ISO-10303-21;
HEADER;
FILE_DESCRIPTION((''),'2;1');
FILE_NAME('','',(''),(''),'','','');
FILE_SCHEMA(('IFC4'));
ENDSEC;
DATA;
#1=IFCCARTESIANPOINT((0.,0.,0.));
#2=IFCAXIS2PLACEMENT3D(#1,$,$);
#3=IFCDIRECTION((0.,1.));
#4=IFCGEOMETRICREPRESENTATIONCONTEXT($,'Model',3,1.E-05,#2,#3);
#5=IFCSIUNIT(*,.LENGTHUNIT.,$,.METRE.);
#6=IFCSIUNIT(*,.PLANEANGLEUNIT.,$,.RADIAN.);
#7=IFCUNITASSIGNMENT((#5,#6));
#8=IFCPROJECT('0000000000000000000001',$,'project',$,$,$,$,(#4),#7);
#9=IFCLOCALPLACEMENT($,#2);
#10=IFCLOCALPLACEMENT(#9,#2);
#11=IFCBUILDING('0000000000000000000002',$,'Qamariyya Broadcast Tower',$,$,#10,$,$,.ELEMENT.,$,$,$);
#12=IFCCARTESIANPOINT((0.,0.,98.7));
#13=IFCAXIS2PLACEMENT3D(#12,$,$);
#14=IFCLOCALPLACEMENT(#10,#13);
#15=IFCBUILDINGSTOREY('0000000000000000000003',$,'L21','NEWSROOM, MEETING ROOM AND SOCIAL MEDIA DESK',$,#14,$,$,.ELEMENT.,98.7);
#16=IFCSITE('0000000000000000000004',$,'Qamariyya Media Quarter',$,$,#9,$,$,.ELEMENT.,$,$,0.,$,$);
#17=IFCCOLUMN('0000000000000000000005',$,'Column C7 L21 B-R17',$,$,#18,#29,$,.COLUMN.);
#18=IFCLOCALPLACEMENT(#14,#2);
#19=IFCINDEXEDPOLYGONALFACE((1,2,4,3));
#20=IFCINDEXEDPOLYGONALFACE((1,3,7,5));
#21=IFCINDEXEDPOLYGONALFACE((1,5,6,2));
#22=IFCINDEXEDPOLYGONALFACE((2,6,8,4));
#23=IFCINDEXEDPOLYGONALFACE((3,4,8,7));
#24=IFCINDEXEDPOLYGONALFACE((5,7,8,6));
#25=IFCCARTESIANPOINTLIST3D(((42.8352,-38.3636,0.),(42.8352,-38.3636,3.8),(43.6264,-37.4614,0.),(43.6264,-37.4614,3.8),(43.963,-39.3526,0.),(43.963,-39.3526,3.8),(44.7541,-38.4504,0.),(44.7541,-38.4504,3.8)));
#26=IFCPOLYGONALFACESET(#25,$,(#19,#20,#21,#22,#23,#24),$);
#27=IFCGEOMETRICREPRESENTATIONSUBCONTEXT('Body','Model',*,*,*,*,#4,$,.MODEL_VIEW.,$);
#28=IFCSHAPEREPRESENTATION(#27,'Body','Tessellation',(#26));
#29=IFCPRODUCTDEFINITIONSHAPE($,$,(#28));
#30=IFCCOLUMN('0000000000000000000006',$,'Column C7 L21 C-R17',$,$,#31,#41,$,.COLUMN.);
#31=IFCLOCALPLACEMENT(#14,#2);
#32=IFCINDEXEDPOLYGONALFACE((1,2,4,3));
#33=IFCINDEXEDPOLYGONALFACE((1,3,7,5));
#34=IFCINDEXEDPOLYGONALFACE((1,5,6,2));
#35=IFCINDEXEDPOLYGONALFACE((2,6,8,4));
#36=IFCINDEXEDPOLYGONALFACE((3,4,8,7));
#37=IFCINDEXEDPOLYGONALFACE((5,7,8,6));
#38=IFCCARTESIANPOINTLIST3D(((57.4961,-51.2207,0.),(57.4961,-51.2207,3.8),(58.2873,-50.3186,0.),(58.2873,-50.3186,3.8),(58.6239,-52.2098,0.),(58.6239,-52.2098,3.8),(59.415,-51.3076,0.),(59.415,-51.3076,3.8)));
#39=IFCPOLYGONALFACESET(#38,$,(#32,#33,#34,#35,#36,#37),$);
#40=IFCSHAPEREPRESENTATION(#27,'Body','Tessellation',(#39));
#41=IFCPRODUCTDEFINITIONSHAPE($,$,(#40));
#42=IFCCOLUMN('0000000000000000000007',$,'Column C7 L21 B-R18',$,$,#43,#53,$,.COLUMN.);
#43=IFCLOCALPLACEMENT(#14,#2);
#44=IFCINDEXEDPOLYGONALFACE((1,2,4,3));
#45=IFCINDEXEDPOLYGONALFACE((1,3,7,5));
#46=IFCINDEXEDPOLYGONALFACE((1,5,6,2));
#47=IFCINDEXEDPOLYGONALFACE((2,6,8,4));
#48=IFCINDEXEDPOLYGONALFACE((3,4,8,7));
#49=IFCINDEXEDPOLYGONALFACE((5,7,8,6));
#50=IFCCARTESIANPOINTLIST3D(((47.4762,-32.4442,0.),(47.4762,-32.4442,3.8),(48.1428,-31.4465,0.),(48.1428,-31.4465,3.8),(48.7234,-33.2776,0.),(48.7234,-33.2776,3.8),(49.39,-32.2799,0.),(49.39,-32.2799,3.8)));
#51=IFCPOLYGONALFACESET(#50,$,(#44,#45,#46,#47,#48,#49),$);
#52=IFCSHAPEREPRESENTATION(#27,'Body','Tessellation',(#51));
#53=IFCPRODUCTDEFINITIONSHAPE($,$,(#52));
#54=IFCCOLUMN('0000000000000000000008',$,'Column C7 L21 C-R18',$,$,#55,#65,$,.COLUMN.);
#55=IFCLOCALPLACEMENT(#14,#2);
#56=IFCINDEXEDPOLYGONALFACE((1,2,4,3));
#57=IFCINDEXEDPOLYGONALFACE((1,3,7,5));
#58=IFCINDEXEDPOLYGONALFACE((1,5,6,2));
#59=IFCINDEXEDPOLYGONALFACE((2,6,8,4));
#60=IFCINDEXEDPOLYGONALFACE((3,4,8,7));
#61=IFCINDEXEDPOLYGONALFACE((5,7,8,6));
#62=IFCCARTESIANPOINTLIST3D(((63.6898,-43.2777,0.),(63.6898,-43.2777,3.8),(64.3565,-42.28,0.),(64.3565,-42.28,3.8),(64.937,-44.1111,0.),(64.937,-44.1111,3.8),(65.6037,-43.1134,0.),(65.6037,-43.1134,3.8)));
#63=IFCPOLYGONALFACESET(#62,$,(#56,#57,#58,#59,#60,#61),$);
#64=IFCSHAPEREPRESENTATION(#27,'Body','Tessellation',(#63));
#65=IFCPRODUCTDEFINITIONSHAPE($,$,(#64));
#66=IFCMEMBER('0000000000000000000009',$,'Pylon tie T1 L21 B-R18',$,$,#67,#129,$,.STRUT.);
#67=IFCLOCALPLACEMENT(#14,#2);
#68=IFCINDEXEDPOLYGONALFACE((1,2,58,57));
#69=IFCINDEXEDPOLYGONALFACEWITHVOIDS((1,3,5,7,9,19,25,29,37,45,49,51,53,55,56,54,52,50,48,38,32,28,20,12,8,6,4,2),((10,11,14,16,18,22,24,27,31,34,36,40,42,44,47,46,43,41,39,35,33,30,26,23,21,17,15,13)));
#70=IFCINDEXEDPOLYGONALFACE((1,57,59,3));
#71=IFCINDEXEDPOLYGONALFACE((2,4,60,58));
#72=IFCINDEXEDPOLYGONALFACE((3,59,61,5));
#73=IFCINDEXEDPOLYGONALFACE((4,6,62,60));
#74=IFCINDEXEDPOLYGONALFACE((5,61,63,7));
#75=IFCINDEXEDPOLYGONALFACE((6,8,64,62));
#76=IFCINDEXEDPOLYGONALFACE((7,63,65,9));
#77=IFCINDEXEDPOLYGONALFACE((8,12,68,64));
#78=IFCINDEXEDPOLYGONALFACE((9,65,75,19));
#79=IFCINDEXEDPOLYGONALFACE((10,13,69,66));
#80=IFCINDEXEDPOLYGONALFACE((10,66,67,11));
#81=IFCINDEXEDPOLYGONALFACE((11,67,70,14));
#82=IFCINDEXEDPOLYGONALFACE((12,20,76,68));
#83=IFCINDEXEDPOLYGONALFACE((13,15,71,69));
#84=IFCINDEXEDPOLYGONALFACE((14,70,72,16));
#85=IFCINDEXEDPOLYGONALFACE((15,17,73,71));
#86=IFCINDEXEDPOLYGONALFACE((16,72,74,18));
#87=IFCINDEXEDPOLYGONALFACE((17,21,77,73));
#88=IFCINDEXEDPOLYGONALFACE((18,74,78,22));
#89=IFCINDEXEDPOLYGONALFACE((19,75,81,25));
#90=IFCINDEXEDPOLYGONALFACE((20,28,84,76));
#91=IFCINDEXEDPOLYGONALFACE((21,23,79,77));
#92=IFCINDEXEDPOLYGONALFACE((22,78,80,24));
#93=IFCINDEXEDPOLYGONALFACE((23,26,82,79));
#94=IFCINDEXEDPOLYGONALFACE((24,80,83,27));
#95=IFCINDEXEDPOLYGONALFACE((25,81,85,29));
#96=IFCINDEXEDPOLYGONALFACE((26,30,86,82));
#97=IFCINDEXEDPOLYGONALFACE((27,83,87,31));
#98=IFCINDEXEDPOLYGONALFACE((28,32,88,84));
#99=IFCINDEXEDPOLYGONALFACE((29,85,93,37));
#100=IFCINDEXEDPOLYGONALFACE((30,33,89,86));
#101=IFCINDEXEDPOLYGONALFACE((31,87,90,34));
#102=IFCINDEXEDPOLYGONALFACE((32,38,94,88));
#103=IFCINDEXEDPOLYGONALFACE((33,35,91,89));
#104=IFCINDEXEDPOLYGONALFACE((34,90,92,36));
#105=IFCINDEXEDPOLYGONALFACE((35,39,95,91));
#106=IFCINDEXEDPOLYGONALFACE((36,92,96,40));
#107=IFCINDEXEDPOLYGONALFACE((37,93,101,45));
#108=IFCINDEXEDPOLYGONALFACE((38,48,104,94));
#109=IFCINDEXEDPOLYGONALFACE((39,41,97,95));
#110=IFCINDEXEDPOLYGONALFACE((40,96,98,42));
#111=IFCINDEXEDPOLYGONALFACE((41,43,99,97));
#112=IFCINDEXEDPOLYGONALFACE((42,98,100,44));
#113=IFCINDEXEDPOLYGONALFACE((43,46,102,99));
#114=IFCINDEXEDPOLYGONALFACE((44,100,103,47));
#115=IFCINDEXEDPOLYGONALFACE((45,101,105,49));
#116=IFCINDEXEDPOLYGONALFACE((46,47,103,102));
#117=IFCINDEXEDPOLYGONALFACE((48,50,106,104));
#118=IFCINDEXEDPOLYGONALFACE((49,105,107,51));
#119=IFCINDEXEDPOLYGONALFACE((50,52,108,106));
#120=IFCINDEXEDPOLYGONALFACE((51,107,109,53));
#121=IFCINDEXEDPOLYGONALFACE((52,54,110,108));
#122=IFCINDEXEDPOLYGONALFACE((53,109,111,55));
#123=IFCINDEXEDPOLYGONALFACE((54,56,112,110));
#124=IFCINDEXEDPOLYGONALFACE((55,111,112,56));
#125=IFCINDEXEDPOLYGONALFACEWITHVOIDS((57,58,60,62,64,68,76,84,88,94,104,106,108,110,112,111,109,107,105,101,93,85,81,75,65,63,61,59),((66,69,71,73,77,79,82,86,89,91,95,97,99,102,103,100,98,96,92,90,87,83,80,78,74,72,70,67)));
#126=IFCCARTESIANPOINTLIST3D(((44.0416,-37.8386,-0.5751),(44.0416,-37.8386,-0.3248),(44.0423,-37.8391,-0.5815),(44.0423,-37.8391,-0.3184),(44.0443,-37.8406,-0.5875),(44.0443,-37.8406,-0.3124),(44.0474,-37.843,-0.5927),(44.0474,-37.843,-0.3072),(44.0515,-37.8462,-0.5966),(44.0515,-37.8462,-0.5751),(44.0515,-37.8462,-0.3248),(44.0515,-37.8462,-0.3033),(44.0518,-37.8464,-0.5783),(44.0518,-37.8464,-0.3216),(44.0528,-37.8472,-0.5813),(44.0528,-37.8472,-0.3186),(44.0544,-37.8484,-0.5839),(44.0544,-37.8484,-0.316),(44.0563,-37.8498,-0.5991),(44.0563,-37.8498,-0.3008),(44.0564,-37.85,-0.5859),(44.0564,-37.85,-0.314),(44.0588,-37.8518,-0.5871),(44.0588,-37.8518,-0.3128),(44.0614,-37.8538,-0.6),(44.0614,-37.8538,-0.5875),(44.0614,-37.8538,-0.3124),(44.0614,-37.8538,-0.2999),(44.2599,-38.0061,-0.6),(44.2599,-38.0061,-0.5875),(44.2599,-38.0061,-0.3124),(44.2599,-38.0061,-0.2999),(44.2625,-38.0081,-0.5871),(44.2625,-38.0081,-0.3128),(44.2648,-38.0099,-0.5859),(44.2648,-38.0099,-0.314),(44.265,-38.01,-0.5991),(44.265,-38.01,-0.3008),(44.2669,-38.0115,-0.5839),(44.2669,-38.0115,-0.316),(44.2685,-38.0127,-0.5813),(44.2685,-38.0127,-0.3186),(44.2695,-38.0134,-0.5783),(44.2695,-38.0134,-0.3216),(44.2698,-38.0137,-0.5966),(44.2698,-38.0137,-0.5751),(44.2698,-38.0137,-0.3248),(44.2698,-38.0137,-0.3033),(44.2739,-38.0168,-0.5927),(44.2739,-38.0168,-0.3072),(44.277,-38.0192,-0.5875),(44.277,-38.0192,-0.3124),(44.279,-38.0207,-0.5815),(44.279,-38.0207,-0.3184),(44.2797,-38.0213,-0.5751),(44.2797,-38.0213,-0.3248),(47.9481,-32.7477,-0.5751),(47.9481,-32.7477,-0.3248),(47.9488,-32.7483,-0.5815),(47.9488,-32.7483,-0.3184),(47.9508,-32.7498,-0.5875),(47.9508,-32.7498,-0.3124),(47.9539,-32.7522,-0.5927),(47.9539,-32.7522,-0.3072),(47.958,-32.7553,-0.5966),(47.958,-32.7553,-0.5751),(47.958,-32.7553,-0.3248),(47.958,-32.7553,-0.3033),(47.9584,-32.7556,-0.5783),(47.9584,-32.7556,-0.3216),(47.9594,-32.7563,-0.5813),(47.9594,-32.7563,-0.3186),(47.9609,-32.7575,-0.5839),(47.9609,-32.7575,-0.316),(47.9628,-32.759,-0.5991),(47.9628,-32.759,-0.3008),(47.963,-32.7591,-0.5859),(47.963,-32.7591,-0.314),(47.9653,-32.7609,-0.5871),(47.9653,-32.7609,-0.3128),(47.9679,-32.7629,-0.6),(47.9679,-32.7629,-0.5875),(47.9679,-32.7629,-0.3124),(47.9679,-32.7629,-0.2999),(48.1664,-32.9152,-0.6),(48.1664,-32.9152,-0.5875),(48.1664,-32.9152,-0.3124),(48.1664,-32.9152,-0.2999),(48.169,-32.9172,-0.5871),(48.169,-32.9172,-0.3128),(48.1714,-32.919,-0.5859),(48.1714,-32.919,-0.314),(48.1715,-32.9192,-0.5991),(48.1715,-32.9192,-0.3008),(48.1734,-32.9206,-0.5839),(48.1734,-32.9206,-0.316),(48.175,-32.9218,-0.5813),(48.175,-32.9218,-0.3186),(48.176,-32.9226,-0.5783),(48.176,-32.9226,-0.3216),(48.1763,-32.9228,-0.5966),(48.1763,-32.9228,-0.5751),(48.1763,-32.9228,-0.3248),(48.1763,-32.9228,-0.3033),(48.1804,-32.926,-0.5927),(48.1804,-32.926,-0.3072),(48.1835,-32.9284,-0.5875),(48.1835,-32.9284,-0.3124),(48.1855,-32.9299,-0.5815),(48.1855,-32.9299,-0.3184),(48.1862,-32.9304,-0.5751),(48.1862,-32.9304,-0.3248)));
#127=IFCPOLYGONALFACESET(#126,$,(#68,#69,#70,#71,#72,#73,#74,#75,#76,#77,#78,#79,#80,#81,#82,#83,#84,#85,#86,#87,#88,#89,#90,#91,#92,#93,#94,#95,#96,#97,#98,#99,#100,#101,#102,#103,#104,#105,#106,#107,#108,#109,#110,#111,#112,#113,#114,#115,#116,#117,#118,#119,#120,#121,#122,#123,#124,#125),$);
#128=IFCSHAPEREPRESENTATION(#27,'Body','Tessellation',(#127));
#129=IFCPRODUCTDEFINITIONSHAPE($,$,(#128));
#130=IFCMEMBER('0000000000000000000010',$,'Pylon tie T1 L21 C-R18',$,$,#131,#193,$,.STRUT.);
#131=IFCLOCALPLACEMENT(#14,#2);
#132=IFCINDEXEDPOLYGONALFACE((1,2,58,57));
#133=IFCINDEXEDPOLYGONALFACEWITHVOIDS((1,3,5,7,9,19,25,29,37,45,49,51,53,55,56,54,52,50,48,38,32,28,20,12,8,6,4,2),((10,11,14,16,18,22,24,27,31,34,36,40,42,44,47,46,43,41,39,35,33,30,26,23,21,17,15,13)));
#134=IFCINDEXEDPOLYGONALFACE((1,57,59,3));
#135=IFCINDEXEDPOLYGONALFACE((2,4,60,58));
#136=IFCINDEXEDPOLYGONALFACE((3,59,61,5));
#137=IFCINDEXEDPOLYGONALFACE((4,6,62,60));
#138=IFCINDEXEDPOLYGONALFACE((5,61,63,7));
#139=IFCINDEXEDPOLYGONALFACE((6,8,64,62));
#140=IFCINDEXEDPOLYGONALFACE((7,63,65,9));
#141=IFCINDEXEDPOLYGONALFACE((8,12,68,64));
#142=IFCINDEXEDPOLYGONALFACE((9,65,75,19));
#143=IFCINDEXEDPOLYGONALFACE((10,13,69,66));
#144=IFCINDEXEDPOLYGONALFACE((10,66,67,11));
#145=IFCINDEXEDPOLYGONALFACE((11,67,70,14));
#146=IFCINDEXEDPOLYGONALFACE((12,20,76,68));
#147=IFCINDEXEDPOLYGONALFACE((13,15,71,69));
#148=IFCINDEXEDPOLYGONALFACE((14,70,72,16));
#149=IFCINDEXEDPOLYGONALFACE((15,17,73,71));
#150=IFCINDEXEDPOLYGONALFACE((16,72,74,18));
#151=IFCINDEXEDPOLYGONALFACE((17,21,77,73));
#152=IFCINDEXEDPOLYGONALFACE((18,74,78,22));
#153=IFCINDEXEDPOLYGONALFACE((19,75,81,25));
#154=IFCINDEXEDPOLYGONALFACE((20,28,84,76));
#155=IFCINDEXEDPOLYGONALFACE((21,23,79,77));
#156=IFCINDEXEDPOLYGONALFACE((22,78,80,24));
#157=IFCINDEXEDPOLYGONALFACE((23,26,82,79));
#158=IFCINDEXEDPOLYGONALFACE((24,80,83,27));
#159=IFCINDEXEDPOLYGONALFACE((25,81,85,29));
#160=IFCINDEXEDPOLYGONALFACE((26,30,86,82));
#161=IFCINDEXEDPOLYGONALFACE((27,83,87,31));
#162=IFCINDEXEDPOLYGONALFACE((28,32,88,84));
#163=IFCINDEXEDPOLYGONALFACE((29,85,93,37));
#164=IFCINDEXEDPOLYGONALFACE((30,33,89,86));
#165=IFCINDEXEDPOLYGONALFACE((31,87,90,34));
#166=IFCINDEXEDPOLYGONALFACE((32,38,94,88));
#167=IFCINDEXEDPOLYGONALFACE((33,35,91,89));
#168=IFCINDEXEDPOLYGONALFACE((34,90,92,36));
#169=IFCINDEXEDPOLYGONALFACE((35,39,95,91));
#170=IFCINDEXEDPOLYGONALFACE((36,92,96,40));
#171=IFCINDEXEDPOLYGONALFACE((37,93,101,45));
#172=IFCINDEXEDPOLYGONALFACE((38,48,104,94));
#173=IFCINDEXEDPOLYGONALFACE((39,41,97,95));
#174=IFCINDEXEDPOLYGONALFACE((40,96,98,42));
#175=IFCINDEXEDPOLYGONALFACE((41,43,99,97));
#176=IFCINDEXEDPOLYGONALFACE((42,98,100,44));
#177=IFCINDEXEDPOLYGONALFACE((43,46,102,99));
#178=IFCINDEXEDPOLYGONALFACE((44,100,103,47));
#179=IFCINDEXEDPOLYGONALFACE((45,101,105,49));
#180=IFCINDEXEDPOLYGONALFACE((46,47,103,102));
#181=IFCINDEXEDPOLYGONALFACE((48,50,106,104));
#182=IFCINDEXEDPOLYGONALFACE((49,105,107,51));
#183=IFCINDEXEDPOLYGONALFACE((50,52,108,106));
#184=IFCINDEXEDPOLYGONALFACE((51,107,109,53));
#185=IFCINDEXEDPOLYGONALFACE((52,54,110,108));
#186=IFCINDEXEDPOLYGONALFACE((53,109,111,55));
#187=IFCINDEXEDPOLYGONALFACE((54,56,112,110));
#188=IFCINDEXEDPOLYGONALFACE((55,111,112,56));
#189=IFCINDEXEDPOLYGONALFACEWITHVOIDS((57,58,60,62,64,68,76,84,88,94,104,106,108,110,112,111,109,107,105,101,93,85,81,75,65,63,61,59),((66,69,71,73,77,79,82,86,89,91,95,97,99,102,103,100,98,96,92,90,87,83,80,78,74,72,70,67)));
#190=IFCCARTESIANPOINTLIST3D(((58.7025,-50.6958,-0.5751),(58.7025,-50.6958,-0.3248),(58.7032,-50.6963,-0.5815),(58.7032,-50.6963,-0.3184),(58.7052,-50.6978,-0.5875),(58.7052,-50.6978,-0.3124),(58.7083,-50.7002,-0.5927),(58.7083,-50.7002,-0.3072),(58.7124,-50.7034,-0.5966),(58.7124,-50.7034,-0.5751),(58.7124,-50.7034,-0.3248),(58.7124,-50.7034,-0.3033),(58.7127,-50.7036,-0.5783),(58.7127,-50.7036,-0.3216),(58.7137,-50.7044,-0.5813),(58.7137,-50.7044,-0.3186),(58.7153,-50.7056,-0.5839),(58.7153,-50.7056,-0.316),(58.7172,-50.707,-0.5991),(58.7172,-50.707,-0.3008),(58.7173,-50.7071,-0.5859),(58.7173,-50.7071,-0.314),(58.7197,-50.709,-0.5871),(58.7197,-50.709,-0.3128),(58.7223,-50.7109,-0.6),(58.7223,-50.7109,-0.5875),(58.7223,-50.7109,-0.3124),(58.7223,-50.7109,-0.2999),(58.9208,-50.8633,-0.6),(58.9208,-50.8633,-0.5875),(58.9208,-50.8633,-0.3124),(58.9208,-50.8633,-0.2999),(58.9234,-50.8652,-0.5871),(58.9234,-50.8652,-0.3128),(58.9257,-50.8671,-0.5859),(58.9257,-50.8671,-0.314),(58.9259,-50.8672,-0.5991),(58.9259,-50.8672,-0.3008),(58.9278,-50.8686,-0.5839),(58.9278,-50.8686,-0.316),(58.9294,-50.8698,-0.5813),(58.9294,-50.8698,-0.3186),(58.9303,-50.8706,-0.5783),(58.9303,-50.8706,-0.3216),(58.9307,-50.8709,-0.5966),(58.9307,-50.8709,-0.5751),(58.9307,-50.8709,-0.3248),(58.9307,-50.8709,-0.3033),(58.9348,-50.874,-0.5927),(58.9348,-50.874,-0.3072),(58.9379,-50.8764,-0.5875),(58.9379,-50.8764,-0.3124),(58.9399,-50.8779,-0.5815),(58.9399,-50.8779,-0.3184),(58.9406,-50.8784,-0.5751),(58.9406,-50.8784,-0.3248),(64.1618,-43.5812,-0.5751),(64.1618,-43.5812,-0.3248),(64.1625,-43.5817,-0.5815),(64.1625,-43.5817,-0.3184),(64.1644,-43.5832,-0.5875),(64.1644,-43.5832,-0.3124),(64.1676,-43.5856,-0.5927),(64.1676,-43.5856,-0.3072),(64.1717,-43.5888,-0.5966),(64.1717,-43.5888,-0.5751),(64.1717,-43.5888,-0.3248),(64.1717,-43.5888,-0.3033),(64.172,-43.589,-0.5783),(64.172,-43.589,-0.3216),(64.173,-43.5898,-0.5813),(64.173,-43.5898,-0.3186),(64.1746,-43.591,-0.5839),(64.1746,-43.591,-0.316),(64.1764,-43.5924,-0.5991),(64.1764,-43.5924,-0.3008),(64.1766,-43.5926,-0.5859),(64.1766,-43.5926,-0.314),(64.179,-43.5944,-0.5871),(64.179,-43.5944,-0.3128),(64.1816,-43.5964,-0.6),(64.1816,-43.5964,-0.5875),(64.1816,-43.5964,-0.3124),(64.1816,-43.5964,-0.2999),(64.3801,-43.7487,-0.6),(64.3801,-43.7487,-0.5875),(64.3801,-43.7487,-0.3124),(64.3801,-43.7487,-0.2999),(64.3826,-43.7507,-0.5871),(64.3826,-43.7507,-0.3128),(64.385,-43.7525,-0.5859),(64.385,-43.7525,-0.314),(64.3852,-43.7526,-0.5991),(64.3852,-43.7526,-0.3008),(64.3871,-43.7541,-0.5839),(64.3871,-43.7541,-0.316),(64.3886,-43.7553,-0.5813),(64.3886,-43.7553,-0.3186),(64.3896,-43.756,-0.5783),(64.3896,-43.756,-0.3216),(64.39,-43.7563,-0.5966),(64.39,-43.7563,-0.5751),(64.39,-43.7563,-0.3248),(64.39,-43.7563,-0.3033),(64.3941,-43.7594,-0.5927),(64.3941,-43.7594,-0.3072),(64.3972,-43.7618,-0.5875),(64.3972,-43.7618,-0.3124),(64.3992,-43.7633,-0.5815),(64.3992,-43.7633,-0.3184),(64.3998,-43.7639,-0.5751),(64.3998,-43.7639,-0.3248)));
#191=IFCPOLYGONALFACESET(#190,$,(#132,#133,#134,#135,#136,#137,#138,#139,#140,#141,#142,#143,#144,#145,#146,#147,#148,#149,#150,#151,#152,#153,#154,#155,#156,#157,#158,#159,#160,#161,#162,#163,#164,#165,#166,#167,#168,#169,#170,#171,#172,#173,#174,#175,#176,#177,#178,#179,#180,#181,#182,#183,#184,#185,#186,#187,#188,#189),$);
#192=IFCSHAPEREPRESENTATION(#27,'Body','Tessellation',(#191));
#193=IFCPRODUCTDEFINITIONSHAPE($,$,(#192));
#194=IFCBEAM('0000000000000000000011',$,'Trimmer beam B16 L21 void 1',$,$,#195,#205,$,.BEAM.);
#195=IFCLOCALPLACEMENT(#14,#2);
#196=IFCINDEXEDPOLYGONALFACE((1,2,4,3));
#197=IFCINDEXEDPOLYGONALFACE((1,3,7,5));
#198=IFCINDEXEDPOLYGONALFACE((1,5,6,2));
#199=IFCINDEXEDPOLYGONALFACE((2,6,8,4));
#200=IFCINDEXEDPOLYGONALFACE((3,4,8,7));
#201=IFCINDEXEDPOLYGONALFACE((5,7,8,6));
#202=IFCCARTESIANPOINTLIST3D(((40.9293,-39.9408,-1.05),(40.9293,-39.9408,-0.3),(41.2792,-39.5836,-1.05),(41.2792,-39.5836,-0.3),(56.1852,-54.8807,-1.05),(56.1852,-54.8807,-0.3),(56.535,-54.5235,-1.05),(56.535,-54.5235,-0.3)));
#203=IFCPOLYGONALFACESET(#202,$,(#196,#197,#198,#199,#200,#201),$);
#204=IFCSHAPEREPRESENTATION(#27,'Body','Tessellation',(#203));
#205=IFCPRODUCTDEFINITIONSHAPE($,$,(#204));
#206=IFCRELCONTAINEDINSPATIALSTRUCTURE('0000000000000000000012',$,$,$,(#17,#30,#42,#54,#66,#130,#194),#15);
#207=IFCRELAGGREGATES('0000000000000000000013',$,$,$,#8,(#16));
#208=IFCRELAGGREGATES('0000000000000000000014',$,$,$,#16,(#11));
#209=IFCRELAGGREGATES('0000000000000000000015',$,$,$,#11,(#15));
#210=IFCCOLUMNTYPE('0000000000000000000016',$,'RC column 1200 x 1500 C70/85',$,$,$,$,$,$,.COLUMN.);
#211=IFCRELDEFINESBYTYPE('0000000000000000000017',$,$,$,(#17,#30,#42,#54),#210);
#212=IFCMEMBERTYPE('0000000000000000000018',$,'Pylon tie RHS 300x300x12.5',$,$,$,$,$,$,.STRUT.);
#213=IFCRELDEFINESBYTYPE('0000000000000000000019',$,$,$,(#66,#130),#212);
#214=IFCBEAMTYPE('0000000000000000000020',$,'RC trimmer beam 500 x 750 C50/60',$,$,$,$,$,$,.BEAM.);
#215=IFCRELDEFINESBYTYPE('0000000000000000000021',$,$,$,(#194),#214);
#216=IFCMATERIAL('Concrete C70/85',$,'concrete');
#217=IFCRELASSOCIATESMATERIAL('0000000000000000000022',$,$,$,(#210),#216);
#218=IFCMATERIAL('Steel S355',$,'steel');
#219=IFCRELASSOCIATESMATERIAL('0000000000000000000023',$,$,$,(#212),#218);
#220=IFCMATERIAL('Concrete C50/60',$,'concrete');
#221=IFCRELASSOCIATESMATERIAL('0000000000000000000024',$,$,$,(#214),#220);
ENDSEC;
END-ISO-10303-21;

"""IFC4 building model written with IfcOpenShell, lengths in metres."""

from ifc_helpers import new_model, si_unit, direction, frame, origin, origin_2d, place, context, subcontext, project, spatial, rectangle, hollow_rectangle, extrude, material, material_profile, profile_set, type_object, element, save


model = new_model("IFC4")

# Units and contexts
model_context = context("Model", 3, precision=1e-05, world=origin(), true_north=direction((0.0, 1.0)))
body_context = subcontext(model_context, "Body", "Model", "MODEL_VIEW")
ifc_project = project(units=[si_unit("LENGTHUNIT", "METRE"), si_unit("PLANEANGLEUNIT", "RADIAN")], contexts=[model_context])

# Site, building, storey
site_placement = place(None, origin())
site = spatial("IfcSite", under=ifc_project, at=site_placement, Name="Qamariyya Media Quarter", CompositionType="ELEMENT", RefElevation=0.0)
building_placement = place(site_placement, origin())
building = spatial("IfcBuilding", under=site, at=building_placement, Name="Qamariyya Broadcast Tower", CompositionType="ELEMENT")
storey_placement = place(building_placement, frame((0.0, 0.0, 98.7)))
storey = spatial("IfcBuildingStorey", under=building, at=storey_placement, Name="L21", Description="NEWSROOM, MEETING ROOM AND SOCIAL MEDIA DESK", CompositionType="ELEMENT", Elevation=98.7)

# Columns
ifc_material_1 = material(Name="Concrete C70/85", Category="concrete")
ifc_material_profile_1 = material_profile(ifc_material_1, rectangle(XDim=1.2, YDim=1.5, at=origin_2d()))
ifc_profile_set_1 = profile_set([ifc_material_profile_1], Name="Concrete C70/85")
column_type = type_object("IfcColumnType", Name="RC column 1200 x 1500 C70/85", PredefinedType="COLUMN", material=ifc_profile_set_1)
for number, where, z_axis, x_axis, name in (
    (1, (43.7947, -38.407, 0.0), (0.0, 0.0, 1.0), (0.659346, 0.75184, 0.0), "Column C7 L21 B-R17"),
    (2, (58.4556, -51.2642, 0.0), (0.0, 0.0, 1.0), (0.659346, 0.75184, 0.0), "Column C7 L21 C-R17"),
    (3, (48.4331, -32.3621, 0.0), (0.0, 0.0, 1.0), (0.55557, 0.83147, 0.0), "Column C7 L21 B-R18"),
    (4, (64.6467, -43.1956, 0.0), (0.0, 0.0, 1.0), (0.55557, 0.83147, 0.0), "Column C7 L21 C-R18"),
):
    element("IfcColumn", number, at=place(storey_placement, frame(where, z_axis=z_axis, x_axis=x_axis)), inside=storey, type_object=column_type, Name=name, PredefinedType="COLUMN", context=body_context, shape_type="SweptSolid", body=[
        extrude(rectangle(XDim=1.2, YDim=1.5, at=origin_2d()), origin(), (0.0, 0.0, 1.0), 3.8),
    ])

# Members
ifc_material_2 = material(Name="Steel S355", Category="steel")
ifc_material_profile_2 = material_profile(ifc_material_2, hollow_rectangle(XDim=0.3, YDim=0.3, WallThickness=0.0125, InnerFilletRadius=0.0125, OuterFilletRadius=0.0249, at=origin_2d()))
ifc_profile_set_2 = profile_set([ifc_material_profile_2], Name="Steel S355")
member_type = type_object("IfcMemberType", Name="Pylon tie RHS 300x300x12.5", PredefinedType="STRUT", material=ifc_profile_set_2)
member_1_placement = place(storey_placement, frame((44.1606, -37.9299, -0.45), z_axis=(0.608778, 0.793341, 0.0), x_axis=(-0.793341, 0.608778, 0.0)))
element("IfcMember", 5, at=member_1_placement, inside=storey, type_object=member_type, Name="Pylon tie T1 L21 B-R18", PredefinedType="STRUT", context=body_context, shape_type="SweptSolid", body=[
    extrude(hollow_rectangle(XDim=0.3, YDim=0.3, WallThickness=0.0125, InnerFilletRadius=0.0125, OuterFilletRadius=0.0249, at=origin_2d()), origin(), (0.0, 0.0, 1.0), 6.417),
])
member_2_placement = place(storey_placement, frame((58.8215, -50.7871, -0.45), z_axis=(0.608767, 0.793349, 0.0), x_axis=(-0.793349, 0.608767, 0.0)))
element("IfcMember", 6, at=member_2_placement, inside=storey, type_object=member_type, Name="Pylon tie T1 L21 C-R18", PredefinedType="STRUT", context=body_context, shape_type="SweptSolid", body=[
    extrude(hollow_rectangle(XDim=0.3, YDim=0.3, WallThickness=0.0125, InnerFilletRadius=0.0125, OuterFilletRadius=0.0249, at=origin_2d()), origin(), (0.0, 0.0, 1.0), 8.9678),
])

# Beam
ifc_material_3 = material(Name="Concrete C50/60", Category="concrete")
ifc_material_profile_3 = material_profile(ifc_material_3, rectangle(XDim=0.5, YDim=0.75, at=origin_2d()))
ifc_profile_set_3 = profile_set([ifc_material_profile_3], Name="Concrete C50/60")
beam_type = type_object("IfcBeamType", Name="RC trimmer beam 500 x 750 C50/60", PredefinedType="BEAM", material=ifc_profile_set_3)
beam_placement = place(storey_placement, frame((41.1042, -39.7622, -0.675), z_axis=(0.714466, -0.699671, 0.0), x_axis=(0.699671, 0.714466, 0.0)))
element("IfcBeam", 7, at=beam_placement, inside=storey, type_object=beam_type, Name="Trimmer beam B16 L21 void 1", PredefinedType="BEAM", context=body_context, shape_type="SweptSolid", body=[
    extrude(rectangle(XDim=0.5, YDim=0.75, at=origin_2d()), origin(), (0.0, 0.0, 1.0), 21.3528),
])

save(model, "model.ifc")
